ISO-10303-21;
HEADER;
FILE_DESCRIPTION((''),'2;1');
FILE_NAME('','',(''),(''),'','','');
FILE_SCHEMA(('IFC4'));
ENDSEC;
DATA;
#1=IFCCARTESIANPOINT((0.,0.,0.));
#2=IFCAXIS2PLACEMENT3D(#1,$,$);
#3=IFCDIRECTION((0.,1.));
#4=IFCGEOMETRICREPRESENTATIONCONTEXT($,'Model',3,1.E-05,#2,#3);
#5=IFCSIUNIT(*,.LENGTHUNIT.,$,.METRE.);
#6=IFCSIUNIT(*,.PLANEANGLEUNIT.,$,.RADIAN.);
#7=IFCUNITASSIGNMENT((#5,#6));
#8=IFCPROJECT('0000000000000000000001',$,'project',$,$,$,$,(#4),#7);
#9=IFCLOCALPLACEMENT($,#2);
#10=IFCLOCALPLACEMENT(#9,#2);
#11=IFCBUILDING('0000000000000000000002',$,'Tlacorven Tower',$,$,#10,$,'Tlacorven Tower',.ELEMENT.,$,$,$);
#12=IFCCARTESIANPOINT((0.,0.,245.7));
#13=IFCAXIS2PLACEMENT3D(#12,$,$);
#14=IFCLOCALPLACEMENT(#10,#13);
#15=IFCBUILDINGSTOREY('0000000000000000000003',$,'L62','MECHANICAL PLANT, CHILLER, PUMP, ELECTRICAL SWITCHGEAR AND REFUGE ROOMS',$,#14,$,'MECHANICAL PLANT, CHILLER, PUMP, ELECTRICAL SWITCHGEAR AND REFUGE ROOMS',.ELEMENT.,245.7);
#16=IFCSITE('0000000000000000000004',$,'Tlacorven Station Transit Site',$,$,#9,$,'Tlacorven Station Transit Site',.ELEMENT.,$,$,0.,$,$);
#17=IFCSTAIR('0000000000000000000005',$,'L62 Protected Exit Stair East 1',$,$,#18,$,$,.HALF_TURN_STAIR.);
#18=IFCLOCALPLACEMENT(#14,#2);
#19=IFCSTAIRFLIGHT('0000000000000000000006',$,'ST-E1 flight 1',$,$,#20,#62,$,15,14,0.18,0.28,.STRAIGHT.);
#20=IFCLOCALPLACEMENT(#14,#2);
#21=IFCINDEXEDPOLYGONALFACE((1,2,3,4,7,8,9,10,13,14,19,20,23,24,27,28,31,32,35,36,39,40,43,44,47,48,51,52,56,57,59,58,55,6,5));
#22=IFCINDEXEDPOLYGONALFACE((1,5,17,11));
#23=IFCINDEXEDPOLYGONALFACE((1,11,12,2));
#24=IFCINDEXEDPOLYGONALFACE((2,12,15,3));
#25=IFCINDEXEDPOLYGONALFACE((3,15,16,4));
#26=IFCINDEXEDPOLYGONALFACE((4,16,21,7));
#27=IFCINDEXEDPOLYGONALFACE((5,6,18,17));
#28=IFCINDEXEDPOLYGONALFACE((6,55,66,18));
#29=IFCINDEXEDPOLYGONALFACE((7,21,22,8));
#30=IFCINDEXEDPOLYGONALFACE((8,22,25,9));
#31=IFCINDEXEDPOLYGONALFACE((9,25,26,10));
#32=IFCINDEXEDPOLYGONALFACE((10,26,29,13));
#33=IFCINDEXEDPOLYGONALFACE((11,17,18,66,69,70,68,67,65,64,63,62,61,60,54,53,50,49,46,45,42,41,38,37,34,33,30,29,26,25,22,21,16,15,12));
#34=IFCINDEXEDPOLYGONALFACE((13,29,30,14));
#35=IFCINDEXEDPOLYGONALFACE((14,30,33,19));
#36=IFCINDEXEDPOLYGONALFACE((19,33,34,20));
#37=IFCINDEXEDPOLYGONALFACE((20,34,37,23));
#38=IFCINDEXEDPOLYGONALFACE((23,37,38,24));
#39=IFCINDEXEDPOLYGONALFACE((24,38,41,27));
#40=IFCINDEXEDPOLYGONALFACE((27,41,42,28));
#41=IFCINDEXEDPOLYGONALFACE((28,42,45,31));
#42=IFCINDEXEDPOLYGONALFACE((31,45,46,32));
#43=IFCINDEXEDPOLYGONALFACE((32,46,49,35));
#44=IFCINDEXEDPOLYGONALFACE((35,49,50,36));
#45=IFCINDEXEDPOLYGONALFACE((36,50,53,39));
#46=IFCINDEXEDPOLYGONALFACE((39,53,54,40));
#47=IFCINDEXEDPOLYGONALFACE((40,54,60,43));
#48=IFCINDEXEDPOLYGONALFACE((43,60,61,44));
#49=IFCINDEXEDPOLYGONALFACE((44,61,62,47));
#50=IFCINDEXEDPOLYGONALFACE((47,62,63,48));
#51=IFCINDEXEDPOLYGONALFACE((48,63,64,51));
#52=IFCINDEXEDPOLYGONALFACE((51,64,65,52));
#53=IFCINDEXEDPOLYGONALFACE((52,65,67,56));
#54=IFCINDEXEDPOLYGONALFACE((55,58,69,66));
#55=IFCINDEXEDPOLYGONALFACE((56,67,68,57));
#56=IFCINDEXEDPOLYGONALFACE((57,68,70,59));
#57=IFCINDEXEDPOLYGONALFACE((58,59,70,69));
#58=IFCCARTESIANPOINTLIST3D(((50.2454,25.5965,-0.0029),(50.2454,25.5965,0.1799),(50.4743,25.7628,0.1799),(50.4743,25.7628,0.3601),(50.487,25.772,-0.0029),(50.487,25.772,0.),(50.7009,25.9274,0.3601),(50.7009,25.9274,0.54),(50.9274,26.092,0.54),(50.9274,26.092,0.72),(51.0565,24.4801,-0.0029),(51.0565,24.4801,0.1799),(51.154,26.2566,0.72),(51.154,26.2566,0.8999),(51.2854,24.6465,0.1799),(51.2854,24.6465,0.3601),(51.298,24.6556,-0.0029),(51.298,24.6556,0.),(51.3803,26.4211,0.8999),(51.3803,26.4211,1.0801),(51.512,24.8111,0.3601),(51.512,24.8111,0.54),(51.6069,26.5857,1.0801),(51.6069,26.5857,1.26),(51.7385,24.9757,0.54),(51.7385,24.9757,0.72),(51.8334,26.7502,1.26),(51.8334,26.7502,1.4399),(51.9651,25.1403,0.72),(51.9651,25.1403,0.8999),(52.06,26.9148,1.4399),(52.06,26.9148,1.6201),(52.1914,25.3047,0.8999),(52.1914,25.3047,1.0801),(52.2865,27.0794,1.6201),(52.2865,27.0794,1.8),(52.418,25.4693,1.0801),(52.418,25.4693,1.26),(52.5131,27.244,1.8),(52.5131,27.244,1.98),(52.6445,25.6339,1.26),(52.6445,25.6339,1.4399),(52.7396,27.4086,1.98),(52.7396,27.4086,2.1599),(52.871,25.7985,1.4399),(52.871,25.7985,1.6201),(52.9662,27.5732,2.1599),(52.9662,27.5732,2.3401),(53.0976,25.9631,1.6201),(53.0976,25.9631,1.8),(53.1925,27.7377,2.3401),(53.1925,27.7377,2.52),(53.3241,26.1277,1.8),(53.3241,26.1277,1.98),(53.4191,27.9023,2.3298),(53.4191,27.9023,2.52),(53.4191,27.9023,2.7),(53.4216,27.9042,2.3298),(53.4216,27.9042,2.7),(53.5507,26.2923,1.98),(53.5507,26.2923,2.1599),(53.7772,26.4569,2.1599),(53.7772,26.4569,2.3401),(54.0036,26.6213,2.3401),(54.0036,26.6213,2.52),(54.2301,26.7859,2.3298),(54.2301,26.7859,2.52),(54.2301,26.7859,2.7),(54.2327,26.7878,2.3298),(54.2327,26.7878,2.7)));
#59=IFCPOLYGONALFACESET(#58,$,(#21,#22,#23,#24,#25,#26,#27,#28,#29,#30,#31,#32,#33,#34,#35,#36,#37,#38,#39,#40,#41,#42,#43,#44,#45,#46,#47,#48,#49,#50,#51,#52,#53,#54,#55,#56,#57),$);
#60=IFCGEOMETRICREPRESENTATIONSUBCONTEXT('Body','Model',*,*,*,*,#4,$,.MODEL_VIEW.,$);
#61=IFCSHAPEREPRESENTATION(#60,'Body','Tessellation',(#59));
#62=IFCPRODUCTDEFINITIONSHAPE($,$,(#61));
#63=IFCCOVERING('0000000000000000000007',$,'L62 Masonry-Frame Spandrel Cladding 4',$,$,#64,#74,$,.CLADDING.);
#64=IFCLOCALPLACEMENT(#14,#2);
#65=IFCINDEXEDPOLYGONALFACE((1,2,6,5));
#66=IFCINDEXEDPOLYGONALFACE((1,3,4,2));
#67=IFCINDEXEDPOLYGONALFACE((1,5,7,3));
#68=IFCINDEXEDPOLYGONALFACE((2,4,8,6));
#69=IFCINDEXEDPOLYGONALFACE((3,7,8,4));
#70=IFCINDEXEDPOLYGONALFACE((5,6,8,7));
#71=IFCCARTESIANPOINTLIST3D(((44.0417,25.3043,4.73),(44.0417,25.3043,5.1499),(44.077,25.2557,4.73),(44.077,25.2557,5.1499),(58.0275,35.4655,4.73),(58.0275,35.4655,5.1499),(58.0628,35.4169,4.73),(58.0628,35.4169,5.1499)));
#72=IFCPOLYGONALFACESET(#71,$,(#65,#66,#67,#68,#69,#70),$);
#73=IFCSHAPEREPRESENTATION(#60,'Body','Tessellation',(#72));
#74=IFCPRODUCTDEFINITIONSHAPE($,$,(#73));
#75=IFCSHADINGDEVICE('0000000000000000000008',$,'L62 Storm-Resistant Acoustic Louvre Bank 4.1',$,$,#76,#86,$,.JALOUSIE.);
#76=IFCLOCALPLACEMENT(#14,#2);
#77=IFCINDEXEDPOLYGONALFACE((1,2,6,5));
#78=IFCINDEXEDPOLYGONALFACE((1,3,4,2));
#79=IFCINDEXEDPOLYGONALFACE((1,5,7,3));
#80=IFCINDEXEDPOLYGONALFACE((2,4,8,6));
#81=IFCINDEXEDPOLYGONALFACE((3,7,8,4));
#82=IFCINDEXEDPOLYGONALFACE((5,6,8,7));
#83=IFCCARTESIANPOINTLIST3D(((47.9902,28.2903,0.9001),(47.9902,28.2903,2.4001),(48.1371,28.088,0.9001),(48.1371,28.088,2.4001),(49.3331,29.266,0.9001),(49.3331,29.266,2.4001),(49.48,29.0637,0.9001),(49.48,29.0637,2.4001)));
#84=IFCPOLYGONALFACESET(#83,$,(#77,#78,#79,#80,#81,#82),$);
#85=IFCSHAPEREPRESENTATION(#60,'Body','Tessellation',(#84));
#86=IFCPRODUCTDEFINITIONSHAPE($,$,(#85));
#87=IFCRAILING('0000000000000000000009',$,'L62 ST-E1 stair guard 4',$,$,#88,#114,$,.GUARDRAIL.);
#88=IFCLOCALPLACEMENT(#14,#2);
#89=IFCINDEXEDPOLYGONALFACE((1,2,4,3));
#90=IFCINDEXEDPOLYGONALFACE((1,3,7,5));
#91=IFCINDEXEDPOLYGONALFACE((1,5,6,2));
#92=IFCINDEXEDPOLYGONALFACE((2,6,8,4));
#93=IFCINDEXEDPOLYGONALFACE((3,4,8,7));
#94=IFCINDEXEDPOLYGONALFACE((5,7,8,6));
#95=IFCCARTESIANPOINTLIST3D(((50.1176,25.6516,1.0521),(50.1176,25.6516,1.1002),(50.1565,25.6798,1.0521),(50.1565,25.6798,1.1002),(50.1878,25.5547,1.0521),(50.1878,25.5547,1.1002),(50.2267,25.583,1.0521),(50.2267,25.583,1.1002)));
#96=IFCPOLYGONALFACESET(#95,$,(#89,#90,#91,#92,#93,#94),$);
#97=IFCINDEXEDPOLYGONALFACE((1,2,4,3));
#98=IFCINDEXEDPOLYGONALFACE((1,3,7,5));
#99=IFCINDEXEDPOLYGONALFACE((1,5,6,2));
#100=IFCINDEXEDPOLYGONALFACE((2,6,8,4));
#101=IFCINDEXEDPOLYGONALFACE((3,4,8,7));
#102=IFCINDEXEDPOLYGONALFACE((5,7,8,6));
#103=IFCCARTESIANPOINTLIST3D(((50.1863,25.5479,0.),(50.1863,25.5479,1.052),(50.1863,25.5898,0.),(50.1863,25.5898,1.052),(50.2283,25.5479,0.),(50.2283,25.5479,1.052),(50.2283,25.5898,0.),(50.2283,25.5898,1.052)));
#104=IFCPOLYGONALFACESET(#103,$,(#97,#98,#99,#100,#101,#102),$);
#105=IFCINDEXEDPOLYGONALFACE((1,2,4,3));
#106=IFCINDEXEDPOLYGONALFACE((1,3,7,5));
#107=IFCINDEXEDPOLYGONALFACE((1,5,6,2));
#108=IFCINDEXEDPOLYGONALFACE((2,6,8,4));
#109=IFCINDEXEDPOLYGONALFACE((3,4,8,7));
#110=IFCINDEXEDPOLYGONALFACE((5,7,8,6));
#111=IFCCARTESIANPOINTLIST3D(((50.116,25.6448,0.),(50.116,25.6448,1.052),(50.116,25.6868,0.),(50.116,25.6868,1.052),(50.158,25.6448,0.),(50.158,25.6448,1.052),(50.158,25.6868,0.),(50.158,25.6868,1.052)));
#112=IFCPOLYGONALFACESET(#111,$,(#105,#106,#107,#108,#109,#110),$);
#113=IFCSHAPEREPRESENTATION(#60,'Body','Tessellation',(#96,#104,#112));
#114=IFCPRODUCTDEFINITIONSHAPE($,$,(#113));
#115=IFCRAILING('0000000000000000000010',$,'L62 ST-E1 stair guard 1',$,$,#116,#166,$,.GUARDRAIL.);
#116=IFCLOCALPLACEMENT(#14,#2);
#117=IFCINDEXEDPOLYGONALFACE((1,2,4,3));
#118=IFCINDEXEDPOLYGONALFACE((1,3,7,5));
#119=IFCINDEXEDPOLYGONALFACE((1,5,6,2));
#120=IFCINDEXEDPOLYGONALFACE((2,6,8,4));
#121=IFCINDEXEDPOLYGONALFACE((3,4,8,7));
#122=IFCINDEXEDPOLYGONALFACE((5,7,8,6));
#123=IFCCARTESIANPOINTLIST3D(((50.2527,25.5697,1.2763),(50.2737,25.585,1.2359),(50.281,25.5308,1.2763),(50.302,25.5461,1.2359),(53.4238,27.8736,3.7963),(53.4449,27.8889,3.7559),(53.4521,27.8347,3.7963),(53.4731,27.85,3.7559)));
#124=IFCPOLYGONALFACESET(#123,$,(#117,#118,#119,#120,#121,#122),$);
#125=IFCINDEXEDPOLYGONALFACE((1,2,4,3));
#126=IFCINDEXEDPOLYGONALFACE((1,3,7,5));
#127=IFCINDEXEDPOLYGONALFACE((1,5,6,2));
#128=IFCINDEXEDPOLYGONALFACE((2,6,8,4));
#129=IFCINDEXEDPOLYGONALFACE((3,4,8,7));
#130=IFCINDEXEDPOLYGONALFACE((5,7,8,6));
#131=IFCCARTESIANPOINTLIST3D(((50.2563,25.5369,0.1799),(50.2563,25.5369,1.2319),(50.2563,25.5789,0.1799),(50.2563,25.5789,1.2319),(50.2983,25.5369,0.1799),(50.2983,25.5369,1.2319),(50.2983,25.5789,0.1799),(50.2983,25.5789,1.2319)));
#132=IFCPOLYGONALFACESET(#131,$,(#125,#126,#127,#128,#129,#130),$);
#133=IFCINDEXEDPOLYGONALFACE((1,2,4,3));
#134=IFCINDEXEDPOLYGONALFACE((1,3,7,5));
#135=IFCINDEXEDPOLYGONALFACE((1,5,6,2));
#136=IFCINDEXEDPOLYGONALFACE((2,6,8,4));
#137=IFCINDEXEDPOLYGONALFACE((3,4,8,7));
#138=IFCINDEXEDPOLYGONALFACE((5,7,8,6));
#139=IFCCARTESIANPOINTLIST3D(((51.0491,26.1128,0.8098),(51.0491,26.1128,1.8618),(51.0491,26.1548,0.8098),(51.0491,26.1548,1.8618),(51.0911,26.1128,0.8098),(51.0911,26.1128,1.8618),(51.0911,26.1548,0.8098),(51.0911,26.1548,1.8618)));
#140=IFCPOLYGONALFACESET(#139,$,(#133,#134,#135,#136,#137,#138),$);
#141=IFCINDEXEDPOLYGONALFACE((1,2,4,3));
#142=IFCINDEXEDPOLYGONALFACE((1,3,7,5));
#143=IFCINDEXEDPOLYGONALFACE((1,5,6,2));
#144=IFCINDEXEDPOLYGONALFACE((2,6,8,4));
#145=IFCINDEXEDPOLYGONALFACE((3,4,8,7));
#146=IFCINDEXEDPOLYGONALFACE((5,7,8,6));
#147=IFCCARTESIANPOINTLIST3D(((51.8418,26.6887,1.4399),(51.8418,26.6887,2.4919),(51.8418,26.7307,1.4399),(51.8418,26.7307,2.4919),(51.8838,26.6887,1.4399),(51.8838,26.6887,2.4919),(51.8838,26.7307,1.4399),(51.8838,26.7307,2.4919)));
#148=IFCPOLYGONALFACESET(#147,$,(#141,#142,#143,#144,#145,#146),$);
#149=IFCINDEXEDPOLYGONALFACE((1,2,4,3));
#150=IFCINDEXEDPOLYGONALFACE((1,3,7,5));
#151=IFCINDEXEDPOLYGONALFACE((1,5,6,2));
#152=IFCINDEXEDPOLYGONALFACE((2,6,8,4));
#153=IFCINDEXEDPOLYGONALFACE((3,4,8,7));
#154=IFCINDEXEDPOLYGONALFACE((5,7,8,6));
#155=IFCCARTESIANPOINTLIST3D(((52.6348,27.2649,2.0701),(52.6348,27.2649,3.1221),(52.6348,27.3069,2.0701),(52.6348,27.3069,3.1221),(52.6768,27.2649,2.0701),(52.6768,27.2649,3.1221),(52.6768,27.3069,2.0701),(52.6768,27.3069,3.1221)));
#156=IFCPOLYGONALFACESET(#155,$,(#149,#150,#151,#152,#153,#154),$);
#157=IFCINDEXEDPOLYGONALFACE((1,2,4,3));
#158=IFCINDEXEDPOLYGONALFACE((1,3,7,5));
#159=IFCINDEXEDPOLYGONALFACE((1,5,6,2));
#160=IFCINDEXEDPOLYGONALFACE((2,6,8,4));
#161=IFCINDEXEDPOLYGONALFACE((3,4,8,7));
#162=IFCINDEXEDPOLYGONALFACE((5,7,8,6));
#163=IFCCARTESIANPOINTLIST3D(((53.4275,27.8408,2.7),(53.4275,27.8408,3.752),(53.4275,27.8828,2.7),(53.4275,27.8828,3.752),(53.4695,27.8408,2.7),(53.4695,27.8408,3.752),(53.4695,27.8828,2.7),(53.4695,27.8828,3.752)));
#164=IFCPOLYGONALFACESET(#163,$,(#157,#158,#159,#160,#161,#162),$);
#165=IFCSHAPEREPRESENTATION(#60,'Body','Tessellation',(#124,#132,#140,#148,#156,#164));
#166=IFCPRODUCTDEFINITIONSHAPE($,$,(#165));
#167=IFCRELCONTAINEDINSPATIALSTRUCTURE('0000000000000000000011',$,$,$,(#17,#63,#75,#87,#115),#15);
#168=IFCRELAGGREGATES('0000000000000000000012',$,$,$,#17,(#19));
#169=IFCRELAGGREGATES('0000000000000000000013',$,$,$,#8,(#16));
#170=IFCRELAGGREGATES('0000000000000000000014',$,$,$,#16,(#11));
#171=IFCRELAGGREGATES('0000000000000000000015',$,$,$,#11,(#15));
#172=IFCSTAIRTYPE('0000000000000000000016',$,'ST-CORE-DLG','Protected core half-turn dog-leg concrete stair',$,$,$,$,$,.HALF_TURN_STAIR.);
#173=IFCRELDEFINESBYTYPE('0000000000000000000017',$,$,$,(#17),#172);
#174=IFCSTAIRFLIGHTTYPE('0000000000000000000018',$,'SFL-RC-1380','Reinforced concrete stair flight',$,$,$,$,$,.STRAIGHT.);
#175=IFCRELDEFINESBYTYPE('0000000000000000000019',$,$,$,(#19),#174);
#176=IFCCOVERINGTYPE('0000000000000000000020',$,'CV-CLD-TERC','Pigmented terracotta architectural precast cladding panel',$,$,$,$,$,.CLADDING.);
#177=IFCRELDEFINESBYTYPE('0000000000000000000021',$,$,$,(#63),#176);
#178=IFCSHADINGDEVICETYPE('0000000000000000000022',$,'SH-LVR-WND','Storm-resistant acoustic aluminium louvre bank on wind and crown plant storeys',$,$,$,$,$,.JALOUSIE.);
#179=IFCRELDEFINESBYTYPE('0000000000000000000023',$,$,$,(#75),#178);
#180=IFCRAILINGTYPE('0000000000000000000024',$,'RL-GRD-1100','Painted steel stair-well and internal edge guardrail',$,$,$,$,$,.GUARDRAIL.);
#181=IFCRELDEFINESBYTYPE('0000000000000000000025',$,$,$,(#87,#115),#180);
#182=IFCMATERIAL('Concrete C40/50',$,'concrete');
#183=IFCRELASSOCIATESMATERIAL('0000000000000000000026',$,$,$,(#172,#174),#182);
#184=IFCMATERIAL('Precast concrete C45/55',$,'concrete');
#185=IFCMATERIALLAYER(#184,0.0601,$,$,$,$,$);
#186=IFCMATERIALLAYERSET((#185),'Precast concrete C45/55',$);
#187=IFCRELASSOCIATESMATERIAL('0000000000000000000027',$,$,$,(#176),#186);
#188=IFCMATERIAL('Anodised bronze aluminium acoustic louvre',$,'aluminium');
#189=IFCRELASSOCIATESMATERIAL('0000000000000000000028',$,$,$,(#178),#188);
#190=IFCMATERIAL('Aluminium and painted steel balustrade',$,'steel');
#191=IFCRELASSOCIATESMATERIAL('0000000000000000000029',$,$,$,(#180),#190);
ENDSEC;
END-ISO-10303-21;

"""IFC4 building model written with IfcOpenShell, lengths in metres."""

from ifc_helpers import new_model, si_unit, direction, frame, origin, origin_2d, place, context, subcontext, project, spatial, polyline, rectangle, outline, extrude, source, transform, mapped, material, layer, layer_set, type_object, element, aggregate, save


model = new_model("IFC4")

# Units and contexts
model_context = context("Model", 3, precision=1e-05, world=origin(), true_north=direction((0.0, 1.0)))
body_context = subcontext(model_context, "Body", "Model", "MODEL_VIEW")
ifc_project = project(units=[si_unit("LENGTHUNIT", "METRE"), si_unit("PLANEANGLEUNIT", "RADIAN")], contexts=[model_context])

# Site, building, storey
site_placement = place(None, origin())
site = spatial("IfcSite", under=ifc_project, at=site_placement, Name="Tlacorven Station Transit Site", LongName="Tlacorven Station Transit Site", CompositionType="ELEMENT", RefElevation=0.0)
building_placement = place(site_placement, origin())
building = spatial("IfcBuilding", under=site, at=building_placement, Name="Tlacorven Tower", LongName="Tlacorven Tower", CompositionType="ELEMENT")
storey_placement = place(building_placement, frame((0.0, 0.0, 245.7)))
storey = spatial("IfcBuildingStorey", under=building, at=storey_placement, Name="L62", Description="MECHANICAL PLANT, CHILLER, PUMP, ELECTRICAL SWITCHGEAR AND REFUGE ROOMS", LongName="MECHANICAL PLANT, CHILLER, PUMP, ELECTRICAL SWITCHGEAR AND REFUGE ROOMS", CompositionType="ELEMENT", Elevation=245.7)

# Shared definitions
ifc_material_1 = material(Name="Precast concrete C45/55", Category="concrete")

# Shared definitions
ifc_material_2 = material(Name="Concrete C40/50", Category="concrete")

# Stair, stair flight
stair_type = type_object("IfcStairType", Name="ST-CORE-DLG", Description="Protected core half-turn dog-leg concrete stair", PredefinedType="HALF_TURN_STAIR", material=ifc_material_2)
stair_placement = place(storey_placement, origin())
stair = element("IfcStair", 1, at=stair_placement, inside=storey, type_object=stair_type, Name="L62 Protected Exit Stair East 1", PredefinedType="HALF_TURN_STAIR")
stair_flight_type = type_object("IfcStairFlightType", Name="SFL-RC-1380", Description="Reinforced concrete stair flight", PredefinedType="STRAIGHT", material=ifc_material_2)
shared_shape_1 = source(origin(), body_context, "Body", "SweptSolid", [
    extrude(outline(polyline([(-0.0029, -0.0029), (-0.0029, 0.1799), (0.28, 0.1799), (0.28, 0.3601), (0.5601, 0.3601), (0.5601, 0.54), (0.8401, 0.54), (0.8401, 0.72), (1.1201, 0.72), (1.1201, 0.8999), (1.3999, 0.8999), (1.3999, 1.0801), (1.6799, 1.0801), (1.6799, 1.26), (1.96, 1.26), (1.96, 1.4399), (2.24, 1.4399), (2.24, 1.6201), (2.52, 1.6201), (2.52, 1.8), (2.8, 1.8), (2.8, 1.98), (3.0801, 1.98), (3.0801, 2.1599), (3.3601, 2.1599), (3.3601, 2.3401), (3.6399, 2.3401), (3.6399, 2.52), (3.9199, 2.52), (3.9199, 2.7), (3.9231, 2.7), (3.9231, 2.3298), (3.9199, 2.3298), (0.2957, 0.0), (0.2957, -0.0029), (-0.0029, -0.0029)])), frame((0.0, 0.6899, 0.0), z_axis=(0.0, -1.0, 0.0), x_axis=(1.0, 0.0, 0.0)), (0.0, 0.0, 1.0), 1.3799),
])
stair_flight_placement = place(storey_placement, frame((50.6533, 25.04, 0.0), z_axis=(0.0, 0.0, 1.0), x_axis=(0.809017, 0.587785, 0.0)))
stair_flight = element("IfcStairFlight", 2, at=stair_flight_placement, type_object=stair_flight_type, Name="ST-E1 flight 1", NumberOfRisers=15, NumberOfTreads=14, PredefinedType="STRAIGHT", RiserHeight=0.18, TreadLength=0.28, context=body_context, shape_type="MappedRepresentation", body=[
    mapped(shared_shape_1, transform((0.0, 0.0, 0.0), scale=1.0)),
])
aggregate(stair, [stair_flight])

# Covering
ifc_layer_1 = layer(ifc_material_1, 0.0601)
ifc_layer_set_1 = layer_set([ifc_layer_1], Name="Precast concrete C45/55")
covering_type = type_object("IfcCoveringType", Name="CV-CLD-TERC", Description="Pigmented terracotta architectural precast cladding panel", PredefinedType="CLADDING", material=ifc_layer_set_1)
shared_shape_2 = source(origin(), body_context, "Body", "SweptSolid", [
    extrude(rectangle(XDim=17.2874, YDim=0.0601, at=origin_2d()), origin(), (0.0, 0.0, 1.0), 0.4199),
])
covering_placement = place(storey_placement, frame((51.0522, 30.3606, 4.73), z_axis=(0.0, 0.0, 1.0), x_axis=(0.809017, 0.587785, 0.0)))
element("IfcCovering", 3, at=covering_placement, inside=storey, type_object=covering_type, Name="L62 Masonry-Frame Spandrel Cladding 4", PredefinedType="CLADDING", context=body_context, shape_type="MappedRepresentation", body=[
    mapped(shared_shape_2, transform((0.0, 0.0, 0.0), scale=1.0)),
])

# Shading device
ifc_material_3 = material(Name="Anodised bronze aluminium acoustic louvre", Category="aluminium")
shading_device_type = type_object("IfcShadingDeviceType", Name="SH-LVR-WND", Description="Storm-resistant acoustic aluminium louvre bank on wind and crown plant storeys", PredefinedType="JALOUSIE", material=ifc_material_3)
shared_shape_3 = source(origin(), body_context, "Body", "SweptSolid", [
    extrude(rectangle(XDim=1.6599, YDim=0.25, at=origin_2d()), origin(), (0.0, 0.0, 1.0), 1.5),
])
shading_device_placement = place(storey_placement, frame((48.7351, 28.677, 0.9001), z_axis=(0.0, 0.0, 1.0), x_axis=(0.809017, 0.587785, 0.0)))
element("IfcShadingDevice", 4, at=shading_device_placement, inside=storey, type_object=shading_device_type, Name="L62 Storm-Resistant Acoustic Louvre Bank 4.1", PredefinedType="JALOUSIE", context=body_context, shape_type="MappedRepresentation", body=[
    mapped(shared_shape_3, transform((0.0, 0.0, 0.0), scale=1.0)),
])

# Railings
ifc_material_4 = material(Name="Aluminium and painted steel balustrade", Category="steel")
railing_type_1 = type_object("IfcRailingType", Name="RL-GRD-1100", Description="Painted steel stair-well and internal edge guardrail", PredefinedType="GUARDRAIL", material=ifc_material_4)
shared_shape_4 = source(origin(), body_context, "Body", "SweptSolid", [
    extrude(rectangle(XDim=0.0481, YDim=0.0481, at=origin_2d()), frame((0.0, 0.0, 1.0762), z_axis=(-0.587201, 0.809441, 0.0), x_axis=(-0.809441, -0.587201, 0.0)), (0.0, 0.0, 1.0), 0.1196),
    extrude(rectangle(XDim=0.042, YDim=0.042, at=origin_2d()), origin(), (0.0, 0.0, 1.0), 1.052),
    extrude(rectangle(XDim=0.042, YDim=0.042, at=origin_2d()), frame((-0.0703, 0.0969, 0.0)), (0.0, 0.0, 1.0), 1.052),
])
railing_1_placement = place(storey_placement, frame((50.2073, 25.5688, 0.0)))
element("IfcRailing", 5, at=railing_1_placement, inside=storey, type_object=railing_type_1, Name="L62 ST-E1 stair guard 4", PredefinedType="GUARDRAIL", context=body_context, shape_type="MappedRepresentation", body=[
    mapped(shared_shape_4, transform((0.0, 0.0, 0.0), scale=1.0)),
])
shared_shape_5 = source(origin(), body_context, "Body", "SweptSolid", [
    extrude(rectangle(XDim=0.0481, YDim=0.0481, at=origin_2d()), frame((0.0, 0.0, 1.0762), z_axis=(0.680514, 0.494419, 0.540786), x_axis=(-0.587783, 0.809019, 0.0)), (0.0, 0.0, 1.0), 4.6599),
    extrude(rectangle(XDim=0.042, YDim=0.042, at=origin_2d()), origin(), (0.0, 0.0, 1.0), 1.052),
    extrude(rectangle(XDim=0.042, YDim=0.042, at=origin_2d()), frame((0.7927, 0.5759, 0.6299)), (0.0, 0.0, 1.0), 1.052),
    extrude(rectangle(XDim=0.042, YDim=0.042, at=origin_2d()), frame((1.5854, 1.1519, 1.26)), (0.0, 0.0, 1.0), 1.052),
    extrude(rectangle(XDim=0.042, YDim=0.042, at=origin_2d()), frame((2.3784, 1.728, 1.8901)), (0.0, 0.0, 1.0), 1.052),
    extrude(rectangle(XDim=0.042, YDim=0.042, at=origin_2d()), frame((3.1711, 2.304, 2.52)), (0.0, 0.0, 1.0), 1.052),
])
railing_2_placement = place(storey_placement, frame((50.2773, 25.5579, 0.1799)))
element("IfcRailing", 6, at=railing_2_placement, inside=storey, type_object=railing_type_1, Name="L62 ST-E1 stair guard 1", PredefinedType="GUARDRAIL", context=body_context, shape_type="MappedRepresentation", body=[
    mapped(shared_shape_5, transform((0.0, 0.0, 0.0), scale=1.0)),
])

save(model, "model.ifc")
